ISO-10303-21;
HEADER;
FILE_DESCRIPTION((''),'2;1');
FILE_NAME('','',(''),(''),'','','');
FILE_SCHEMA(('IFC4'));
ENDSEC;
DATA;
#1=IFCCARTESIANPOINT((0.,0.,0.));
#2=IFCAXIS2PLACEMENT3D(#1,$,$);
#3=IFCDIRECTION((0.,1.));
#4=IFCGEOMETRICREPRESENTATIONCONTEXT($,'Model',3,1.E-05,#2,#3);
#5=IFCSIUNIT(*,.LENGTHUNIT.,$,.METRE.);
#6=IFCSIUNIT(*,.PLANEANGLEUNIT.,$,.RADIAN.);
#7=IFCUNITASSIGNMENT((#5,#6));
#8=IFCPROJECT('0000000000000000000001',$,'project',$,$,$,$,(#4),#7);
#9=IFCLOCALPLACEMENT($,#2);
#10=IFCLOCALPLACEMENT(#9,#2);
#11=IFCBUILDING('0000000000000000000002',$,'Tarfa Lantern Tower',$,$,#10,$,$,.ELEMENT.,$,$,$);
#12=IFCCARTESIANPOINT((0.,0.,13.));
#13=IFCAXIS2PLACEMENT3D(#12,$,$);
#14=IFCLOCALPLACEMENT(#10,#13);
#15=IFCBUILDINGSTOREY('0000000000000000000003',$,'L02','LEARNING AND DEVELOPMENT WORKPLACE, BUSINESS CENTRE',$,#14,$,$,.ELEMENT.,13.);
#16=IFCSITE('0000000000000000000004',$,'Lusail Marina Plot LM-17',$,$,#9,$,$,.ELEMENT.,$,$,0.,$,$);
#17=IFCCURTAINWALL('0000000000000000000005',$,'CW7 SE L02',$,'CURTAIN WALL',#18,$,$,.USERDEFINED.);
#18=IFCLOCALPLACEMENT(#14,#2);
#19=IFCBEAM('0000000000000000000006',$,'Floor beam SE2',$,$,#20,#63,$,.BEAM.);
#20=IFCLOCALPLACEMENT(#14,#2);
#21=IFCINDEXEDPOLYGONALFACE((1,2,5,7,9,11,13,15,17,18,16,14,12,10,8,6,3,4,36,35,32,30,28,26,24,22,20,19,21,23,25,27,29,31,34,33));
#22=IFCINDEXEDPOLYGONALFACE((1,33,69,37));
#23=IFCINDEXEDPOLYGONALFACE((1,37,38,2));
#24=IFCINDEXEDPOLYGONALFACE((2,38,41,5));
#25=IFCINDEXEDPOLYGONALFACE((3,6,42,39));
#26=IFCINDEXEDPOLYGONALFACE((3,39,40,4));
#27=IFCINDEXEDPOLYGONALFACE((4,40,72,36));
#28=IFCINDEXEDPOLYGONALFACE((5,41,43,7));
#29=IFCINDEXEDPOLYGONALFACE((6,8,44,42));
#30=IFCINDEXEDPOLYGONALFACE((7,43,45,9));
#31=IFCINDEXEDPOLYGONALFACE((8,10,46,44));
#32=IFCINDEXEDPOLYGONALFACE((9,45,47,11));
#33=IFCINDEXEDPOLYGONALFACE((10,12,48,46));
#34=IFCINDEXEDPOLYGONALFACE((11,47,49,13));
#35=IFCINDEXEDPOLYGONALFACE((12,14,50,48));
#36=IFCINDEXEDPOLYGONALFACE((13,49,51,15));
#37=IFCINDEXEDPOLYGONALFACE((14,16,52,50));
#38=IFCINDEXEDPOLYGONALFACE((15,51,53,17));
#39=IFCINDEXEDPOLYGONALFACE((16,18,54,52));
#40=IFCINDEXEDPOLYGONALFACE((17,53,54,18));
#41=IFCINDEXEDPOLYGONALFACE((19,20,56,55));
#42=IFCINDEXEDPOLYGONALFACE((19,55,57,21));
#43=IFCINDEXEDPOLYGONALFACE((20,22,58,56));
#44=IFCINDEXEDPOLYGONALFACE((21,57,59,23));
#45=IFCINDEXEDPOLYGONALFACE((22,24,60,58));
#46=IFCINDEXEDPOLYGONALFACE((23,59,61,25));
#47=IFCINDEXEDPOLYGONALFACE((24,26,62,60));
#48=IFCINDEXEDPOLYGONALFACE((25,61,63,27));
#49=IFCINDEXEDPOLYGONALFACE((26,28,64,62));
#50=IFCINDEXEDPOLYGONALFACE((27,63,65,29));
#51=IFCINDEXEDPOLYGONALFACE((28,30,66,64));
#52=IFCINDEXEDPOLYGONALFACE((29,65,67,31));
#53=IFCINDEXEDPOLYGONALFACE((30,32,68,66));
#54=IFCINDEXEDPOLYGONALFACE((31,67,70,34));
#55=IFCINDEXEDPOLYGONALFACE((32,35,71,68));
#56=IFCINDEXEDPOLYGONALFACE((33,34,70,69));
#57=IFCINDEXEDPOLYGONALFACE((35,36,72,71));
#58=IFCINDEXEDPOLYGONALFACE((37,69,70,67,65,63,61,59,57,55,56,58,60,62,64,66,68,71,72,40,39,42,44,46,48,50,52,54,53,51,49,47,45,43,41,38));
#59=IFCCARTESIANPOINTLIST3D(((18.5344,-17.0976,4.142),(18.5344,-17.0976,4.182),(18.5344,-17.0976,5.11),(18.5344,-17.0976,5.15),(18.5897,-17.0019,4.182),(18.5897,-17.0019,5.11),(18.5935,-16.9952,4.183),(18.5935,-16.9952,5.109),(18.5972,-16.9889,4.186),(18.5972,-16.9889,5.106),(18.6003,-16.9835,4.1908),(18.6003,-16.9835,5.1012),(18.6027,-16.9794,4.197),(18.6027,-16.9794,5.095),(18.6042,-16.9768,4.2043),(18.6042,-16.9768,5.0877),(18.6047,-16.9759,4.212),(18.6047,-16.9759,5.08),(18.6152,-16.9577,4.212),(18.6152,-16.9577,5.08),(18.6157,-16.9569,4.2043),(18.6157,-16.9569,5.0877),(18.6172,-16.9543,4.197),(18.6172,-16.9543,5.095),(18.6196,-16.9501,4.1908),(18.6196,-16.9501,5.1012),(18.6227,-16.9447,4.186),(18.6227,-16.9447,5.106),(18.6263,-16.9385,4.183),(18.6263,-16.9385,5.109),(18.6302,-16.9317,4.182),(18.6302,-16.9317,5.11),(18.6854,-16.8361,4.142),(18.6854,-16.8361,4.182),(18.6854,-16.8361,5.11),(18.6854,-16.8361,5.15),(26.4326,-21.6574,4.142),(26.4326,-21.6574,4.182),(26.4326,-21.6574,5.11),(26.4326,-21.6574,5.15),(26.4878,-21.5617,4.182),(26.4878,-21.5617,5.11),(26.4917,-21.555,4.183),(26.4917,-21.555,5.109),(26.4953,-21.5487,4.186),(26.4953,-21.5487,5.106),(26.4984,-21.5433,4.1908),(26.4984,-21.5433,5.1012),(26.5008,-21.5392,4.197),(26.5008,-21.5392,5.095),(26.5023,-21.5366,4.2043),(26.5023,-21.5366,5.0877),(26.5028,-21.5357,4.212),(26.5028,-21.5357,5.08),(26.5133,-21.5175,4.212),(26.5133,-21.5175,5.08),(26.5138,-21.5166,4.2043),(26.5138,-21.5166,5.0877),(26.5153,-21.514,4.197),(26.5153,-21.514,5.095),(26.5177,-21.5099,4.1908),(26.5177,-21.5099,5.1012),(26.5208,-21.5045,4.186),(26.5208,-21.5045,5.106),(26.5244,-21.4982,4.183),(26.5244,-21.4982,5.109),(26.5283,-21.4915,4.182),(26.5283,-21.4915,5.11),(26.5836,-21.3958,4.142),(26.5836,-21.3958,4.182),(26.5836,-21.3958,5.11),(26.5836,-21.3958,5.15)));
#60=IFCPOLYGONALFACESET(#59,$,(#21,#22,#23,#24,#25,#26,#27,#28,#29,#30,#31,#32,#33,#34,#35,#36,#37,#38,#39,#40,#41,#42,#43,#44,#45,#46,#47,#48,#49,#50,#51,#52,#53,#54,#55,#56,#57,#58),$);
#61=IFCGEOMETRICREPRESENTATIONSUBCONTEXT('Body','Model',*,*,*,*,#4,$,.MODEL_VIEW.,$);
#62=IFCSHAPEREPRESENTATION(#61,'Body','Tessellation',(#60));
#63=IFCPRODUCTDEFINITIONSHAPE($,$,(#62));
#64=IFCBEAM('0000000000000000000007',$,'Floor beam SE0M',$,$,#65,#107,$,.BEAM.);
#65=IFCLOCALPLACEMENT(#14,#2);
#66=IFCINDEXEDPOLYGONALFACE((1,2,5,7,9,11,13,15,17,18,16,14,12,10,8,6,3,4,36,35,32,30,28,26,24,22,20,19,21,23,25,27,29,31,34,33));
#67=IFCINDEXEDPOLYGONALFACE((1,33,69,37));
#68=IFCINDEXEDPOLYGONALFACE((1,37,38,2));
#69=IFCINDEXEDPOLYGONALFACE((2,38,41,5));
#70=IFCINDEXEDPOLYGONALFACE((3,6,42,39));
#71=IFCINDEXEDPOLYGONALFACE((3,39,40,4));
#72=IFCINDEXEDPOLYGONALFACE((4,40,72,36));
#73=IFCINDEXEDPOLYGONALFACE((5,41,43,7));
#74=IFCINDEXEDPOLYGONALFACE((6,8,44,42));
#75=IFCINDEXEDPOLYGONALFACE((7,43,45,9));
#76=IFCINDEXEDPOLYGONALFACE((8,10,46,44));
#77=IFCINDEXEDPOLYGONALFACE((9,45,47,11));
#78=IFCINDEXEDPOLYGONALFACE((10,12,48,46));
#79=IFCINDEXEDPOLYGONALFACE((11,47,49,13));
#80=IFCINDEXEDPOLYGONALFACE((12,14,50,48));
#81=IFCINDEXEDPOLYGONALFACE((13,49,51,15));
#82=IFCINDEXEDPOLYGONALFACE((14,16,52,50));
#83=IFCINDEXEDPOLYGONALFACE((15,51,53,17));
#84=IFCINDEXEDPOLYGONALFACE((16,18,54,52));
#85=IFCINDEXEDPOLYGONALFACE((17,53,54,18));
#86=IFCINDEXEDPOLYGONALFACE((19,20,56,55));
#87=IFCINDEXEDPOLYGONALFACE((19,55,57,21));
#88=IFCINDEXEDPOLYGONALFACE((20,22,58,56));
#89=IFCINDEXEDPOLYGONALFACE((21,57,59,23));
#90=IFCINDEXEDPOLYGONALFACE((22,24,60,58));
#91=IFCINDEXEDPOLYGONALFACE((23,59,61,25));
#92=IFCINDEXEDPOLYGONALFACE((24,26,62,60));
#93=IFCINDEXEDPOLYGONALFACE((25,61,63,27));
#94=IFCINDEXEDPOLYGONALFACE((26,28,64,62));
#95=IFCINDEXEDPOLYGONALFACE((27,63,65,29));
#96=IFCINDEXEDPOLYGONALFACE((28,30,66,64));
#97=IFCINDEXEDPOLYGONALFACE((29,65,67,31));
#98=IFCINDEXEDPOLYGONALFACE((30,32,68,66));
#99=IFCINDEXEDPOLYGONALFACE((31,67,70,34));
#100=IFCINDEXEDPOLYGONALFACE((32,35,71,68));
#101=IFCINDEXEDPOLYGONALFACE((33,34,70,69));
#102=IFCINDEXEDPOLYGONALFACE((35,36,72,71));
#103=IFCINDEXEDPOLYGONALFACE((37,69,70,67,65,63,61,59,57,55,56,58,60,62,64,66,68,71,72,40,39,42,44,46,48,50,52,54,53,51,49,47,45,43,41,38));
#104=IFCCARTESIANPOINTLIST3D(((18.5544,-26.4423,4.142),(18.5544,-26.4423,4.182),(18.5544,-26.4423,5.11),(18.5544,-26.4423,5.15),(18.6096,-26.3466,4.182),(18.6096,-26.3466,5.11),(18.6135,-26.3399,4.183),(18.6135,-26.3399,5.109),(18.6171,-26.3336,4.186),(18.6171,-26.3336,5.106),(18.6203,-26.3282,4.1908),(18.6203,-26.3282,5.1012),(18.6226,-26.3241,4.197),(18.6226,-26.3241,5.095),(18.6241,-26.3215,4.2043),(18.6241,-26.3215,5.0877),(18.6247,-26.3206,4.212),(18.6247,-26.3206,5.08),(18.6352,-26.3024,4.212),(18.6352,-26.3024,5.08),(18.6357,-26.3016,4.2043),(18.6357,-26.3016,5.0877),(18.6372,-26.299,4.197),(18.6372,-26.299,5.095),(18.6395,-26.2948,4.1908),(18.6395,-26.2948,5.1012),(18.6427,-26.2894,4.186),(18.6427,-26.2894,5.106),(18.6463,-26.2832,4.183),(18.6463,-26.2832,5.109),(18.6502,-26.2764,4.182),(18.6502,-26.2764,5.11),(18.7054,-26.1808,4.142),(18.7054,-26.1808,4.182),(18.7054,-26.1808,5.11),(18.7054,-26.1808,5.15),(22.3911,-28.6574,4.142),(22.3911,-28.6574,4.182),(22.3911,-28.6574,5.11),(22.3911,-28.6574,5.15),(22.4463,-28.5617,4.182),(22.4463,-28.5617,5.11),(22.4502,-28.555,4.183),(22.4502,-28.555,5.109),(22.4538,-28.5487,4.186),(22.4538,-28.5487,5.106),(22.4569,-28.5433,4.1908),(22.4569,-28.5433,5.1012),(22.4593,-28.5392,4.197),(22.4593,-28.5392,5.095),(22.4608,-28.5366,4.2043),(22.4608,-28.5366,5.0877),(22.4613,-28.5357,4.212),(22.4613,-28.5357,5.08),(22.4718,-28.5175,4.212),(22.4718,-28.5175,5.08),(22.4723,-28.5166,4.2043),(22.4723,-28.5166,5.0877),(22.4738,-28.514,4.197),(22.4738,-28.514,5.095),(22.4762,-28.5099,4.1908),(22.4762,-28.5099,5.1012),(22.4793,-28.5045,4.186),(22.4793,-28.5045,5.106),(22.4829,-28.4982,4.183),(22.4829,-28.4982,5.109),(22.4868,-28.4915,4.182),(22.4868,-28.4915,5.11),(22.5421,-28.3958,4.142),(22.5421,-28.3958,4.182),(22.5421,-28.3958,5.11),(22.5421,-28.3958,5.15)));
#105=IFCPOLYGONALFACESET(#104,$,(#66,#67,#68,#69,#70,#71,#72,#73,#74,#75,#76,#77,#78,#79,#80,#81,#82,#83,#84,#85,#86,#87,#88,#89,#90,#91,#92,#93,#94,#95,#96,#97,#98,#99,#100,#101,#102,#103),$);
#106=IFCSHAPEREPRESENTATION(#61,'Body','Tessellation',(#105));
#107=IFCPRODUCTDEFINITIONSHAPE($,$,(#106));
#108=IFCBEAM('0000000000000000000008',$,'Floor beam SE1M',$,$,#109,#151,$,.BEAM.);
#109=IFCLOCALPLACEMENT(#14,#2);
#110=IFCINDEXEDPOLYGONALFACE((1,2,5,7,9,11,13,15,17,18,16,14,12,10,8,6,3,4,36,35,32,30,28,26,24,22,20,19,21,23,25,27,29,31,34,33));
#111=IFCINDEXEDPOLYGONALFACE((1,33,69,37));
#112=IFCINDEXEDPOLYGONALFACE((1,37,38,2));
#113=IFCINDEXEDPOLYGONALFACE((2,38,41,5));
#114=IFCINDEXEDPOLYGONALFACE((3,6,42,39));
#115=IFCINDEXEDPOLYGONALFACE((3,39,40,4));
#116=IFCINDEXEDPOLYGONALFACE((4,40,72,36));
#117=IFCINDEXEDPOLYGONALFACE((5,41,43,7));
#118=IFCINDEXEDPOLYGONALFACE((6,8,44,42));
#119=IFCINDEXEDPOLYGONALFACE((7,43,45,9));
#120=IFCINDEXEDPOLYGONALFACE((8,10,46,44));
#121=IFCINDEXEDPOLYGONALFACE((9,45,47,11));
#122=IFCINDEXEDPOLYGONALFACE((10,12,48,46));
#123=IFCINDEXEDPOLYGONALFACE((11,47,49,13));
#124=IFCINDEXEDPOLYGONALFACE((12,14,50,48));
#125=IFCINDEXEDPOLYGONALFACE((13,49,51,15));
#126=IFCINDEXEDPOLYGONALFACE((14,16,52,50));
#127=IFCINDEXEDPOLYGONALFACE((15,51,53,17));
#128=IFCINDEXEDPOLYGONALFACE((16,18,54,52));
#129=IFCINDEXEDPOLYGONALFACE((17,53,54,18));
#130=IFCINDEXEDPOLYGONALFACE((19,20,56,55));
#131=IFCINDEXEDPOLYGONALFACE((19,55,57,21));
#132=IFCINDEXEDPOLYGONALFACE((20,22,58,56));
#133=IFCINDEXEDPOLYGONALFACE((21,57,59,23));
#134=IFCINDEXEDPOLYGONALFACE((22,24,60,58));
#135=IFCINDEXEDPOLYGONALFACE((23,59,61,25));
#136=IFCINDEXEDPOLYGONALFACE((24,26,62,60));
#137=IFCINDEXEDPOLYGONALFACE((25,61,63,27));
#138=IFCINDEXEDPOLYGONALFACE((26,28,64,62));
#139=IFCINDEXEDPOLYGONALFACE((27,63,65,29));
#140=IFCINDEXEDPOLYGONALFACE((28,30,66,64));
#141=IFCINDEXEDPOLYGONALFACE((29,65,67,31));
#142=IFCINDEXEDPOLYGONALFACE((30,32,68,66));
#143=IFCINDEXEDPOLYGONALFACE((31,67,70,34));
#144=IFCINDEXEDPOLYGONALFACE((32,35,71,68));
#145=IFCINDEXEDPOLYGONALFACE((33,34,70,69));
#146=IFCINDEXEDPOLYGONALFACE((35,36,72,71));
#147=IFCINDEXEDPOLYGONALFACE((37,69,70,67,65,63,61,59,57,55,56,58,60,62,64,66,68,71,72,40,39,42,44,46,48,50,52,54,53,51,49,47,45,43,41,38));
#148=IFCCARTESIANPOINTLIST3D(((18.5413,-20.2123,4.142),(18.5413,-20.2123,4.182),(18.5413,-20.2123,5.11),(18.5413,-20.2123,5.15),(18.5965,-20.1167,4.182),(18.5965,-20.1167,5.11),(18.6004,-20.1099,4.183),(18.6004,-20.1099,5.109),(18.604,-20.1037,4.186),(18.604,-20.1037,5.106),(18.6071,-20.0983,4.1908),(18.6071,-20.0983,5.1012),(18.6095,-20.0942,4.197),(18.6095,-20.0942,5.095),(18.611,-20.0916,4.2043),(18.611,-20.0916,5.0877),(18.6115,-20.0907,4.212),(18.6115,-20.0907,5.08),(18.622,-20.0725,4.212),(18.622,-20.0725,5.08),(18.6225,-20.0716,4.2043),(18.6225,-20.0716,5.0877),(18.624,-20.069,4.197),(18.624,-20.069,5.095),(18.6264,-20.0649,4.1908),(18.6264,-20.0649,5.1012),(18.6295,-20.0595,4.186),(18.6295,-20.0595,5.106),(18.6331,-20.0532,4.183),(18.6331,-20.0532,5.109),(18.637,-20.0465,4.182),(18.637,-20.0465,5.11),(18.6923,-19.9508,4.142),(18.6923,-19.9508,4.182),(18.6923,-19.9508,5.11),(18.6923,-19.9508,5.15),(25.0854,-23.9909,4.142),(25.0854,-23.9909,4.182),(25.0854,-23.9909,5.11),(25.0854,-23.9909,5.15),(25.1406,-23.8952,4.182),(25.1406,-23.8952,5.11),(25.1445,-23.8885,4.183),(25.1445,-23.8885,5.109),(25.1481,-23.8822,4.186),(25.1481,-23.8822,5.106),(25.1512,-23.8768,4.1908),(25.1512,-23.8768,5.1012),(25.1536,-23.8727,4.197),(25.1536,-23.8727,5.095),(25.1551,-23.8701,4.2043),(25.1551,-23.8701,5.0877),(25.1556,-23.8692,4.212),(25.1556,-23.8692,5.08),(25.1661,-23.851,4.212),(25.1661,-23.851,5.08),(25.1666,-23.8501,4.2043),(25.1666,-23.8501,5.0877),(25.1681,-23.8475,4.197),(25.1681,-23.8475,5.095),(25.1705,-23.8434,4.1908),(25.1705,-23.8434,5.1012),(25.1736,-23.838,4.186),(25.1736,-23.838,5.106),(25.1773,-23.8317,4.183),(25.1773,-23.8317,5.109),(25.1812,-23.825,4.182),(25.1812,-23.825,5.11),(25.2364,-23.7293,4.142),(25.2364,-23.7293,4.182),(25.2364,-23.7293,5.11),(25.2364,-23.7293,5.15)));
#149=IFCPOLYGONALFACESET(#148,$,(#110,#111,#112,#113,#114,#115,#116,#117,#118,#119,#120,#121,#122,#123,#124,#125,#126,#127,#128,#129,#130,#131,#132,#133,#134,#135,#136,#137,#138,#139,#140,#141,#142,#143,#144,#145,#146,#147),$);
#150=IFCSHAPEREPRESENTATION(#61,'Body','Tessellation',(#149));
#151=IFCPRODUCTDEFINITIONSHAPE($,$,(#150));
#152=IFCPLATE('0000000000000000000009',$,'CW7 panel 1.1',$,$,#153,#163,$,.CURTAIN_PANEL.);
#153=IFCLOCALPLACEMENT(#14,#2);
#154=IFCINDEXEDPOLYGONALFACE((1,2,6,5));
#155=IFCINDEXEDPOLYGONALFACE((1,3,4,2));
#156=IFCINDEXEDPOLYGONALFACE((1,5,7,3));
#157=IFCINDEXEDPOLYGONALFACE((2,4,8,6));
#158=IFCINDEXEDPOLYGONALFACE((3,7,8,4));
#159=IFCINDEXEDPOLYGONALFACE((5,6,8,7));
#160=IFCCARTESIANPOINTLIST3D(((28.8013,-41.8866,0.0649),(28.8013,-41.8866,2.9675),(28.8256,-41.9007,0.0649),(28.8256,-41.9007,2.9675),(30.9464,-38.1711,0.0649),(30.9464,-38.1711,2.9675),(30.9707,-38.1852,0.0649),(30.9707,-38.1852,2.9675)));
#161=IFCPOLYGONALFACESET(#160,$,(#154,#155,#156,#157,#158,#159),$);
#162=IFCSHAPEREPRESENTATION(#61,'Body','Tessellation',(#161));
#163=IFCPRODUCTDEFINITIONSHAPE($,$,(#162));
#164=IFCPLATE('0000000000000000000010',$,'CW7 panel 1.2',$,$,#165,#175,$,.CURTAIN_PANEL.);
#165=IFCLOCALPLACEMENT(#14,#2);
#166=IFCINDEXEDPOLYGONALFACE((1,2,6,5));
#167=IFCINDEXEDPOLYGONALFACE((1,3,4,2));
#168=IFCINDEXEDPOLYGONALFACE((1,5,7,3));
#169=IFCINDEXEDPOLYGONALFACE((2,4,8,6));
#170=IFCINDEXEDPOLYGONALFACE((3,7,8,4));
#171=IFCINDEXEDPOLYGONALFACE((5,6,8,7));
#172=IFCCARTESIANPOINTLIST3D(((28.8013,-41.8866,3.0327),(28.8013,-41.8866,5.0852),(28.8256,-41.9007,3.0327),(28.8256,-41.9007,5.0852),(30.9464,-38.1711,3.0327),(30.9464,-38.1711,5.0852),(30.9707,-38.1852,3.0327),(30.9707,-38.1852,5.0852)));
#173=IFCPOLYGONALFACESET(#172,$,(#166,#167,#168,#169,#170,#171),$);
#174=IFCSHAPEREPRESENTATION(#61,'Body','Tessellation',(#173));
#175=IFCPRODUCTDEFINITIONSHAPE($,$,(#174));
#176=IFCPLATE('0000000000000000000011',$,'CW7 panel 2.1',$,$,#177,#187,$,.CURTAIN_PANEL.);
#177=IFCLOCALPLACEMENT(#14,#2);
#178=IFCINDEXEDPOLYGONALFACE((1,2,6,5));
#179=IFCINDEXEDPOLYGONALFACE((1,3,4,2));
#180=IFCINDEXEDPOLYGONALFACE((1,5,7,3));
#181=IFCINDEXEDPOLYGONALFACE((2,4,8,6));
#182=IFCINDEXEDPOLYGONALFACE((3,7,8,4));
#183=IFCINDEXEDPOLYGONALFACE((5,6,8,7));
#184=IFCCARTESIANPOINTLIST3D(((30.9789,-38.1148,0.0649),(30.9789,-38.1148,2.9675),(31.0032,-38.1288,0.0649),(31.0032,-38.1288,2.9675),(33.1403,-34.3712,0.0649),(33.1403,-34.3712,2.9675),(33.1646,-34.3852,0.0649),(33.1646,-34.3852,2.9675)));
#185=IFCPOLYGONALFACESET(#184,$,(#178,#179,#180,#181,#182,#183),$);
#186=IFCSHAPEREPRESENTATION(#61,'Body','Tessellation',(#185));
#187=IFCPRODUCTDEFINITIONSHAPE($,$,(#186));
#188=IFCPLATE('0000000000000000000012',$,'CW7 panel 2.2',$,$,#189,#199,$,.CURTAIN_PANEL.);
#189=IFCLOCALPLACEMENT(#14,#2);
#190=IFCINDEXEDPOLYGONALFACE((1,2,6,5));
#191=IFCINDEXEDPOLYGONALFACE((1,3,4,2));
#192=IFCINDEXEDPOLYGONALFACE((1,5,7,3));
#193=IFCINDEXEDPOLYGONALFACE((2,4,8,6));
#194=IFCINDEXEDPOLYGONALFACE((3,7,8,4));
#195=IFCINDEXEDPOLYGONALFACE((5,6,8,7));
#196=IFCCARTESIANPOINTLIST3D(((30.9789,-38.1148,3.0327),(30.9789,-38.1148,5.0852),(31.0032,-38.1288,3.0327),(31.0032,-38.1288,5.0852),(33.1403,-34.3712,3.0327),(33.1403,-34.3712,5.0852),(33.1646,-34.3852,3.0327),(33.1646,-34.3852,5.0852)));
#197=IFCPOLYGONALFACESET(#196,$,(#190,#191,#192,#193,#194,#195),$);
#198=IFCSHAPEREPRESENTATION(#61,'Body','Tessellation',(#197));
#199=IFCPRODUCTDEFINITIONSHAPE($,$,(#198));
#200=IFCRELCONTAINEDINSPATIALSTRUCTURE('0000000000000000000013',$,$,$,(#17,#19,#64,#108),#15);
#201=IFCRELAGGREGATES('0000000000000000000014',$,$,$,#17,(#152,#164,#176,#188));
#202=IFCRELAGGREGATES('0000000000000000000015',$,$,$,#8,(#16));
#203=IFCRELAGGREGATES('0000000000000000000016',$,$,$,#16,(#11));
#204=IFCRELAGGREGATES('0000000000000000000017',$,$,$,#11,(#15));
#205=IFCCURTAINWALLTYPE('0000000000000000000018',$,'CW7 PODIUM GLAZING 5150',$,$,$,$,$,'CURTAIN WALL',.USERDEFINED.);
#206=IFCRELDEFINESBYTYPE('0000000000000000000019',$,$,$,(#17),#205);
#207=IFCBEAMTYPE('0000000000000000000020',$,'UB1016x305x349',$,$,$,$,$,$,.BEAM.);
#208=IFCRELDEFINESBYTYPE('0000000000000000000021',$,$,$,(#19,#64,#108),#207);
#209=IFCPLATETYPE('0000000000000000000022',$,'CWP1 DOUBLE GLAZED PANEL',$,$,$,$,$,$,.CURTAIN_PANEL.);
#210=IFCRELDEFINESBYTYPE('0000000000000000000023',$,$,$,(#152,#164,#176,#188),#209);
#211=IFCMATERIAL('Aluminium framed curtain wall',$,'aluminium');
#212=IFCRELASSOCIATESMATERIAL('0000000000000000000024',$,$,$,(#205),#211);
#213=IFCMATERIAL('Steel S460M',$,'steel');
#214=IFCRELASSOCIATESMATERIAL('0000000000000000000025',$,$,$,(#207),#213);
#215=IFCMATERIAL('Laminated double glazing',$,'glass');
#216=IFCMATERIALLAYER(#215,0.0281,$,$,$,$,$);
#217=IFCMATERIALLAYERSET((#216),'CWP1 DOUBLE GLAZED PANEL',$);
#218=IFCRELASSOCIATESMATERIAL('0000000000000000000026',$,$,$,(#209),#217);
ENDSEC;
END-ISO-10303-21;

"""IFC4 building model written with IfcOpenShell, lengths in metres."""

from ifc_helpers import new_model, si_unit, direction, frame, origin, origin_2d, place, context, subcontext, project, spatial, rectangle, i_section, extrude, material, layer, layer_set, material_profile, profile_set, type_object, element, aggregate, save


model = new_model("IFC4")

# Units and contexts
model_context = context("Model", 3, precision=1e-05, world=origin(), true_north=direction((0.0, 1.0)))
body_context = subcontext(model_context, "Body", "Model", "MODEL_VIEW")
ifc_project = project(units=[si_unit("LENGTHUNIT", "METRE"), si_unit("PLANEANGLEUNIT", "RADIAN")], contexts=[model_context])

# Site, building, storey
site_placement = place(None, origin())
site = spatial("IfcSite", under=ifc_project, at=site_placement, Name="Lusail Marina Plot LM-17", CompositionType="ELEMENT", RefElevation=0.0)
building_placement = place(site_placement, origin())
building = spatial("IfcBuilding", under=site, at=building_placement, Name="Tarfa Lantern Tower", CompositionType="ELEMENT")
storey_placement = place(building_placement, frame((0.0, 0.0, 13.0)))
storey = spatial("IfcBuildingStorey", under=building, at=storey_placement, Name="L02", Description="LEARNING AND DEVELOPMENT WORKPLACE, BUSINESS CENTRE", CompositionType="ELEMENT", Elevation=13.0)

# Shared definitions
ifc_material_1 = material(Name="Aluminium framed curtain wall", Category="aluminium")
curtain_wall_type = type_object("IfcCurtainWallType", Name="CW7 PODIUM GLAZING 5150", ElementType="CURTAIN WALL", PredefinedType="USERDEFINED", material=ifc_material_1)

# Curtain wall
curtain_wall_1_placement = place(storey_placement, origin())
curtain_wall_1 = element("IfcCurtainWall", 1, at=curtain_wall_1_placement, inside=storey, type_object=curtain_wall_type, Name="CW7 SE L02", ObjectType="CURTAIN WALL", PredefinedType="USERDEFINED")

# Beams
ifc_material_2 = material(Name="Steel S460M", Category="steel")
ifc_material_profile_1 = material_profile(ifc_material_2, i_section(OverallWidth=0.302, OverallDepth=1.0081, WebThickness=0.021, FlangeThickness=0.04, FilletRadius=0.03, at=origin_2d()), Name="UB1016x305x349")
ifc_profile_set_1 = profile_set([ifc_material_profile_1], Name="Steel S460M")
beam_type_1 = type_object("IfcBeamType", Name="UB1016x305x349", PredefinedType="BEAM", material=ifc_profile_set_1)
beam_1_placement = place(storey_placement, frame((26.5081, -21.5266, 4.646), z_axis=(-0.866035, 0.499983, 0.0), x_axis=(-0.499983, -0.866035, 0.0)))
element("IfcBeam", 2, at=beam_1_placement, inside=storey, type_object=beam_type_1, Name="Floor beam SE2", PredefinedType="BEAM", context=body_context, shape_type="SweptSolid", body=[
    extrude(i_section(OverallWidth=0.302, OverallDepth=1.0081, WebThickness=0.021, FlangeThickness=0.04, FilletRadius=0.03, at=origin_2d()), origin(), (0.0, 0.0, 1.0), 9.1199),
])
beam_2_placement = place(storey_placement, frame((22.4666, -28.5266, 4.646), z_axis=(-0.866027, 0.499998, 0.0), x_axis=(-0.499998, -0.866027, 0.0)))
element("IfcBeam", 3, at=beam_2_placement, inside=storey, type_object=beam_type_1, Name="Floor beam SE0M", PredefinedType="BEAM", context=body_context, shape_type="SweptSolid", body=[
    extrude(i_section(OverallWidth=0.302, OverallDepth=1.0081, WebThickness=0.021, FlangeThickness=0.04, FilletRadius=0.03, at=origin_2d()), origin(), (0.0, 0.0, 1.0), 4.4302),
])
beam_3_placement = place(storey_placement, frame((25.1609, -23.8601, 4.646), z_axis=(-0.86601, 0.500027, 0.0), x_axis=(-0.500027, -0.86601, 0.0)))
element("IfcBeam", 4, at=beam_3_placement, inside=storey, type_object=beam_type_1, Name="Floor beam SE1M", PredefinedType="BEAM", context=body_context, shape_type="SweptSolid", body=[
    extrude(i_section(OverallWidth=0.302, OverallDepth=1.0081, WebThickness=0.021, FlangeThickness=0.04, FilletRadius=0.03, at=origin_2d()), origin(), (0.0, 0.0, 1.0), 7.5566),
])

# Plates
ifc_material_3 = material(Name="Laminated double glazing", Category="glass")
ifc_layer = layer(ifc_material_3, 0.0281)
ifc_layer_set = layer_set([ifc_layer], Name="CWP1 DOUBLE GLAZED PANEL")
plate_type = type_object("IfcPlateType", Name="CWP1 DOUBLE GLAZED PANEL", PredefinedType="CURTAIN_PANEL", material=ifc_layer_set)
plate_1_placement = place(storey_placement, frame((29.886, -40.0359, 0.0649), z_axis=(0.0, 0.0, 1.0), x_axis=(0.5, 0.866025, 0.0)))
plate_1 = element("IfcPlate", 5, at=plate_1_placement, type_object=plate_type, Name="CW7 panel 1.1", PredefinedType="CURTAIN_PANEL", context=body_context, shape_type="SweptSolid", body=[
    extrude(rectangle(XDim=4.2903, YDim=0.0281, at=origin_2d()), origin(), (0.0, 0.0, 1.0), 2.9026),
])
plate_2_placement = place(storey_placement, frame((29.886, -40.0359, 3.0327), z_axis=(0.0, 0.0, 1.0), x_axis=(0.5, 0.866025, 0.0)))
plate_2 = element("IfcPlate", 6, at=plate_2_placement, type_object=plate_type, Name="CW7 panel 1.2", PredefinedType="CURTAIN_PANEL", context=body_context, shape_type="SweptSolid", body=[
    extrude(rectangle(XDim=4.2903, YDim=0.0281, at=origin_2d()), origin(), (0.0, 0.0, 1.0), 2.0525),
])
plate_3_placement = place(storey_placement, frame((32.0718, -36.25, 0.0649), z_axis=(0.0, 0.0, 1.0), x_axis=(0.5, 0.866025, 0.0)))
plate_3 = element("IfcPlate", 7, at=plate_3_placement, type_object=plate_type, Name="CW7 panel 2.1", PredefinedType="CURTAIN_PANEL", context=body_context, shape_type="SweptSolid", body=[
    extrude(rectangle(XDim=4.3228, YDim=0.0281, at=origin_2d()), origin(), (0.0, 0.0, 1.0), 2.9026),
])
plate_4_placement = place(storey_placement, frame((32.0718, -36.25, 3.0327), z_axis=(0.0, 0.0, 1.0), x_axis=(0.5, 0.866025, 0.0)))
plate_4 = element("IfcPlate", 8, at=plate_4_placement, type_object=plate_type, Name="CW7 panel 2.2", PredefinedType="CURTAIN_PANEL", context=body_context, shape_type="SweptSolid", body=[
    extrude(rectangle(XDim=4.3228, YDim=0.0281, at=origin_2d()), origin(), (0.0, 0.0, 1.0), 2.0525),
])
aggregate(curtain_wall_1, [plate_1, plate_2, plate_3, plate_4])

save(model, "model.ifc")
